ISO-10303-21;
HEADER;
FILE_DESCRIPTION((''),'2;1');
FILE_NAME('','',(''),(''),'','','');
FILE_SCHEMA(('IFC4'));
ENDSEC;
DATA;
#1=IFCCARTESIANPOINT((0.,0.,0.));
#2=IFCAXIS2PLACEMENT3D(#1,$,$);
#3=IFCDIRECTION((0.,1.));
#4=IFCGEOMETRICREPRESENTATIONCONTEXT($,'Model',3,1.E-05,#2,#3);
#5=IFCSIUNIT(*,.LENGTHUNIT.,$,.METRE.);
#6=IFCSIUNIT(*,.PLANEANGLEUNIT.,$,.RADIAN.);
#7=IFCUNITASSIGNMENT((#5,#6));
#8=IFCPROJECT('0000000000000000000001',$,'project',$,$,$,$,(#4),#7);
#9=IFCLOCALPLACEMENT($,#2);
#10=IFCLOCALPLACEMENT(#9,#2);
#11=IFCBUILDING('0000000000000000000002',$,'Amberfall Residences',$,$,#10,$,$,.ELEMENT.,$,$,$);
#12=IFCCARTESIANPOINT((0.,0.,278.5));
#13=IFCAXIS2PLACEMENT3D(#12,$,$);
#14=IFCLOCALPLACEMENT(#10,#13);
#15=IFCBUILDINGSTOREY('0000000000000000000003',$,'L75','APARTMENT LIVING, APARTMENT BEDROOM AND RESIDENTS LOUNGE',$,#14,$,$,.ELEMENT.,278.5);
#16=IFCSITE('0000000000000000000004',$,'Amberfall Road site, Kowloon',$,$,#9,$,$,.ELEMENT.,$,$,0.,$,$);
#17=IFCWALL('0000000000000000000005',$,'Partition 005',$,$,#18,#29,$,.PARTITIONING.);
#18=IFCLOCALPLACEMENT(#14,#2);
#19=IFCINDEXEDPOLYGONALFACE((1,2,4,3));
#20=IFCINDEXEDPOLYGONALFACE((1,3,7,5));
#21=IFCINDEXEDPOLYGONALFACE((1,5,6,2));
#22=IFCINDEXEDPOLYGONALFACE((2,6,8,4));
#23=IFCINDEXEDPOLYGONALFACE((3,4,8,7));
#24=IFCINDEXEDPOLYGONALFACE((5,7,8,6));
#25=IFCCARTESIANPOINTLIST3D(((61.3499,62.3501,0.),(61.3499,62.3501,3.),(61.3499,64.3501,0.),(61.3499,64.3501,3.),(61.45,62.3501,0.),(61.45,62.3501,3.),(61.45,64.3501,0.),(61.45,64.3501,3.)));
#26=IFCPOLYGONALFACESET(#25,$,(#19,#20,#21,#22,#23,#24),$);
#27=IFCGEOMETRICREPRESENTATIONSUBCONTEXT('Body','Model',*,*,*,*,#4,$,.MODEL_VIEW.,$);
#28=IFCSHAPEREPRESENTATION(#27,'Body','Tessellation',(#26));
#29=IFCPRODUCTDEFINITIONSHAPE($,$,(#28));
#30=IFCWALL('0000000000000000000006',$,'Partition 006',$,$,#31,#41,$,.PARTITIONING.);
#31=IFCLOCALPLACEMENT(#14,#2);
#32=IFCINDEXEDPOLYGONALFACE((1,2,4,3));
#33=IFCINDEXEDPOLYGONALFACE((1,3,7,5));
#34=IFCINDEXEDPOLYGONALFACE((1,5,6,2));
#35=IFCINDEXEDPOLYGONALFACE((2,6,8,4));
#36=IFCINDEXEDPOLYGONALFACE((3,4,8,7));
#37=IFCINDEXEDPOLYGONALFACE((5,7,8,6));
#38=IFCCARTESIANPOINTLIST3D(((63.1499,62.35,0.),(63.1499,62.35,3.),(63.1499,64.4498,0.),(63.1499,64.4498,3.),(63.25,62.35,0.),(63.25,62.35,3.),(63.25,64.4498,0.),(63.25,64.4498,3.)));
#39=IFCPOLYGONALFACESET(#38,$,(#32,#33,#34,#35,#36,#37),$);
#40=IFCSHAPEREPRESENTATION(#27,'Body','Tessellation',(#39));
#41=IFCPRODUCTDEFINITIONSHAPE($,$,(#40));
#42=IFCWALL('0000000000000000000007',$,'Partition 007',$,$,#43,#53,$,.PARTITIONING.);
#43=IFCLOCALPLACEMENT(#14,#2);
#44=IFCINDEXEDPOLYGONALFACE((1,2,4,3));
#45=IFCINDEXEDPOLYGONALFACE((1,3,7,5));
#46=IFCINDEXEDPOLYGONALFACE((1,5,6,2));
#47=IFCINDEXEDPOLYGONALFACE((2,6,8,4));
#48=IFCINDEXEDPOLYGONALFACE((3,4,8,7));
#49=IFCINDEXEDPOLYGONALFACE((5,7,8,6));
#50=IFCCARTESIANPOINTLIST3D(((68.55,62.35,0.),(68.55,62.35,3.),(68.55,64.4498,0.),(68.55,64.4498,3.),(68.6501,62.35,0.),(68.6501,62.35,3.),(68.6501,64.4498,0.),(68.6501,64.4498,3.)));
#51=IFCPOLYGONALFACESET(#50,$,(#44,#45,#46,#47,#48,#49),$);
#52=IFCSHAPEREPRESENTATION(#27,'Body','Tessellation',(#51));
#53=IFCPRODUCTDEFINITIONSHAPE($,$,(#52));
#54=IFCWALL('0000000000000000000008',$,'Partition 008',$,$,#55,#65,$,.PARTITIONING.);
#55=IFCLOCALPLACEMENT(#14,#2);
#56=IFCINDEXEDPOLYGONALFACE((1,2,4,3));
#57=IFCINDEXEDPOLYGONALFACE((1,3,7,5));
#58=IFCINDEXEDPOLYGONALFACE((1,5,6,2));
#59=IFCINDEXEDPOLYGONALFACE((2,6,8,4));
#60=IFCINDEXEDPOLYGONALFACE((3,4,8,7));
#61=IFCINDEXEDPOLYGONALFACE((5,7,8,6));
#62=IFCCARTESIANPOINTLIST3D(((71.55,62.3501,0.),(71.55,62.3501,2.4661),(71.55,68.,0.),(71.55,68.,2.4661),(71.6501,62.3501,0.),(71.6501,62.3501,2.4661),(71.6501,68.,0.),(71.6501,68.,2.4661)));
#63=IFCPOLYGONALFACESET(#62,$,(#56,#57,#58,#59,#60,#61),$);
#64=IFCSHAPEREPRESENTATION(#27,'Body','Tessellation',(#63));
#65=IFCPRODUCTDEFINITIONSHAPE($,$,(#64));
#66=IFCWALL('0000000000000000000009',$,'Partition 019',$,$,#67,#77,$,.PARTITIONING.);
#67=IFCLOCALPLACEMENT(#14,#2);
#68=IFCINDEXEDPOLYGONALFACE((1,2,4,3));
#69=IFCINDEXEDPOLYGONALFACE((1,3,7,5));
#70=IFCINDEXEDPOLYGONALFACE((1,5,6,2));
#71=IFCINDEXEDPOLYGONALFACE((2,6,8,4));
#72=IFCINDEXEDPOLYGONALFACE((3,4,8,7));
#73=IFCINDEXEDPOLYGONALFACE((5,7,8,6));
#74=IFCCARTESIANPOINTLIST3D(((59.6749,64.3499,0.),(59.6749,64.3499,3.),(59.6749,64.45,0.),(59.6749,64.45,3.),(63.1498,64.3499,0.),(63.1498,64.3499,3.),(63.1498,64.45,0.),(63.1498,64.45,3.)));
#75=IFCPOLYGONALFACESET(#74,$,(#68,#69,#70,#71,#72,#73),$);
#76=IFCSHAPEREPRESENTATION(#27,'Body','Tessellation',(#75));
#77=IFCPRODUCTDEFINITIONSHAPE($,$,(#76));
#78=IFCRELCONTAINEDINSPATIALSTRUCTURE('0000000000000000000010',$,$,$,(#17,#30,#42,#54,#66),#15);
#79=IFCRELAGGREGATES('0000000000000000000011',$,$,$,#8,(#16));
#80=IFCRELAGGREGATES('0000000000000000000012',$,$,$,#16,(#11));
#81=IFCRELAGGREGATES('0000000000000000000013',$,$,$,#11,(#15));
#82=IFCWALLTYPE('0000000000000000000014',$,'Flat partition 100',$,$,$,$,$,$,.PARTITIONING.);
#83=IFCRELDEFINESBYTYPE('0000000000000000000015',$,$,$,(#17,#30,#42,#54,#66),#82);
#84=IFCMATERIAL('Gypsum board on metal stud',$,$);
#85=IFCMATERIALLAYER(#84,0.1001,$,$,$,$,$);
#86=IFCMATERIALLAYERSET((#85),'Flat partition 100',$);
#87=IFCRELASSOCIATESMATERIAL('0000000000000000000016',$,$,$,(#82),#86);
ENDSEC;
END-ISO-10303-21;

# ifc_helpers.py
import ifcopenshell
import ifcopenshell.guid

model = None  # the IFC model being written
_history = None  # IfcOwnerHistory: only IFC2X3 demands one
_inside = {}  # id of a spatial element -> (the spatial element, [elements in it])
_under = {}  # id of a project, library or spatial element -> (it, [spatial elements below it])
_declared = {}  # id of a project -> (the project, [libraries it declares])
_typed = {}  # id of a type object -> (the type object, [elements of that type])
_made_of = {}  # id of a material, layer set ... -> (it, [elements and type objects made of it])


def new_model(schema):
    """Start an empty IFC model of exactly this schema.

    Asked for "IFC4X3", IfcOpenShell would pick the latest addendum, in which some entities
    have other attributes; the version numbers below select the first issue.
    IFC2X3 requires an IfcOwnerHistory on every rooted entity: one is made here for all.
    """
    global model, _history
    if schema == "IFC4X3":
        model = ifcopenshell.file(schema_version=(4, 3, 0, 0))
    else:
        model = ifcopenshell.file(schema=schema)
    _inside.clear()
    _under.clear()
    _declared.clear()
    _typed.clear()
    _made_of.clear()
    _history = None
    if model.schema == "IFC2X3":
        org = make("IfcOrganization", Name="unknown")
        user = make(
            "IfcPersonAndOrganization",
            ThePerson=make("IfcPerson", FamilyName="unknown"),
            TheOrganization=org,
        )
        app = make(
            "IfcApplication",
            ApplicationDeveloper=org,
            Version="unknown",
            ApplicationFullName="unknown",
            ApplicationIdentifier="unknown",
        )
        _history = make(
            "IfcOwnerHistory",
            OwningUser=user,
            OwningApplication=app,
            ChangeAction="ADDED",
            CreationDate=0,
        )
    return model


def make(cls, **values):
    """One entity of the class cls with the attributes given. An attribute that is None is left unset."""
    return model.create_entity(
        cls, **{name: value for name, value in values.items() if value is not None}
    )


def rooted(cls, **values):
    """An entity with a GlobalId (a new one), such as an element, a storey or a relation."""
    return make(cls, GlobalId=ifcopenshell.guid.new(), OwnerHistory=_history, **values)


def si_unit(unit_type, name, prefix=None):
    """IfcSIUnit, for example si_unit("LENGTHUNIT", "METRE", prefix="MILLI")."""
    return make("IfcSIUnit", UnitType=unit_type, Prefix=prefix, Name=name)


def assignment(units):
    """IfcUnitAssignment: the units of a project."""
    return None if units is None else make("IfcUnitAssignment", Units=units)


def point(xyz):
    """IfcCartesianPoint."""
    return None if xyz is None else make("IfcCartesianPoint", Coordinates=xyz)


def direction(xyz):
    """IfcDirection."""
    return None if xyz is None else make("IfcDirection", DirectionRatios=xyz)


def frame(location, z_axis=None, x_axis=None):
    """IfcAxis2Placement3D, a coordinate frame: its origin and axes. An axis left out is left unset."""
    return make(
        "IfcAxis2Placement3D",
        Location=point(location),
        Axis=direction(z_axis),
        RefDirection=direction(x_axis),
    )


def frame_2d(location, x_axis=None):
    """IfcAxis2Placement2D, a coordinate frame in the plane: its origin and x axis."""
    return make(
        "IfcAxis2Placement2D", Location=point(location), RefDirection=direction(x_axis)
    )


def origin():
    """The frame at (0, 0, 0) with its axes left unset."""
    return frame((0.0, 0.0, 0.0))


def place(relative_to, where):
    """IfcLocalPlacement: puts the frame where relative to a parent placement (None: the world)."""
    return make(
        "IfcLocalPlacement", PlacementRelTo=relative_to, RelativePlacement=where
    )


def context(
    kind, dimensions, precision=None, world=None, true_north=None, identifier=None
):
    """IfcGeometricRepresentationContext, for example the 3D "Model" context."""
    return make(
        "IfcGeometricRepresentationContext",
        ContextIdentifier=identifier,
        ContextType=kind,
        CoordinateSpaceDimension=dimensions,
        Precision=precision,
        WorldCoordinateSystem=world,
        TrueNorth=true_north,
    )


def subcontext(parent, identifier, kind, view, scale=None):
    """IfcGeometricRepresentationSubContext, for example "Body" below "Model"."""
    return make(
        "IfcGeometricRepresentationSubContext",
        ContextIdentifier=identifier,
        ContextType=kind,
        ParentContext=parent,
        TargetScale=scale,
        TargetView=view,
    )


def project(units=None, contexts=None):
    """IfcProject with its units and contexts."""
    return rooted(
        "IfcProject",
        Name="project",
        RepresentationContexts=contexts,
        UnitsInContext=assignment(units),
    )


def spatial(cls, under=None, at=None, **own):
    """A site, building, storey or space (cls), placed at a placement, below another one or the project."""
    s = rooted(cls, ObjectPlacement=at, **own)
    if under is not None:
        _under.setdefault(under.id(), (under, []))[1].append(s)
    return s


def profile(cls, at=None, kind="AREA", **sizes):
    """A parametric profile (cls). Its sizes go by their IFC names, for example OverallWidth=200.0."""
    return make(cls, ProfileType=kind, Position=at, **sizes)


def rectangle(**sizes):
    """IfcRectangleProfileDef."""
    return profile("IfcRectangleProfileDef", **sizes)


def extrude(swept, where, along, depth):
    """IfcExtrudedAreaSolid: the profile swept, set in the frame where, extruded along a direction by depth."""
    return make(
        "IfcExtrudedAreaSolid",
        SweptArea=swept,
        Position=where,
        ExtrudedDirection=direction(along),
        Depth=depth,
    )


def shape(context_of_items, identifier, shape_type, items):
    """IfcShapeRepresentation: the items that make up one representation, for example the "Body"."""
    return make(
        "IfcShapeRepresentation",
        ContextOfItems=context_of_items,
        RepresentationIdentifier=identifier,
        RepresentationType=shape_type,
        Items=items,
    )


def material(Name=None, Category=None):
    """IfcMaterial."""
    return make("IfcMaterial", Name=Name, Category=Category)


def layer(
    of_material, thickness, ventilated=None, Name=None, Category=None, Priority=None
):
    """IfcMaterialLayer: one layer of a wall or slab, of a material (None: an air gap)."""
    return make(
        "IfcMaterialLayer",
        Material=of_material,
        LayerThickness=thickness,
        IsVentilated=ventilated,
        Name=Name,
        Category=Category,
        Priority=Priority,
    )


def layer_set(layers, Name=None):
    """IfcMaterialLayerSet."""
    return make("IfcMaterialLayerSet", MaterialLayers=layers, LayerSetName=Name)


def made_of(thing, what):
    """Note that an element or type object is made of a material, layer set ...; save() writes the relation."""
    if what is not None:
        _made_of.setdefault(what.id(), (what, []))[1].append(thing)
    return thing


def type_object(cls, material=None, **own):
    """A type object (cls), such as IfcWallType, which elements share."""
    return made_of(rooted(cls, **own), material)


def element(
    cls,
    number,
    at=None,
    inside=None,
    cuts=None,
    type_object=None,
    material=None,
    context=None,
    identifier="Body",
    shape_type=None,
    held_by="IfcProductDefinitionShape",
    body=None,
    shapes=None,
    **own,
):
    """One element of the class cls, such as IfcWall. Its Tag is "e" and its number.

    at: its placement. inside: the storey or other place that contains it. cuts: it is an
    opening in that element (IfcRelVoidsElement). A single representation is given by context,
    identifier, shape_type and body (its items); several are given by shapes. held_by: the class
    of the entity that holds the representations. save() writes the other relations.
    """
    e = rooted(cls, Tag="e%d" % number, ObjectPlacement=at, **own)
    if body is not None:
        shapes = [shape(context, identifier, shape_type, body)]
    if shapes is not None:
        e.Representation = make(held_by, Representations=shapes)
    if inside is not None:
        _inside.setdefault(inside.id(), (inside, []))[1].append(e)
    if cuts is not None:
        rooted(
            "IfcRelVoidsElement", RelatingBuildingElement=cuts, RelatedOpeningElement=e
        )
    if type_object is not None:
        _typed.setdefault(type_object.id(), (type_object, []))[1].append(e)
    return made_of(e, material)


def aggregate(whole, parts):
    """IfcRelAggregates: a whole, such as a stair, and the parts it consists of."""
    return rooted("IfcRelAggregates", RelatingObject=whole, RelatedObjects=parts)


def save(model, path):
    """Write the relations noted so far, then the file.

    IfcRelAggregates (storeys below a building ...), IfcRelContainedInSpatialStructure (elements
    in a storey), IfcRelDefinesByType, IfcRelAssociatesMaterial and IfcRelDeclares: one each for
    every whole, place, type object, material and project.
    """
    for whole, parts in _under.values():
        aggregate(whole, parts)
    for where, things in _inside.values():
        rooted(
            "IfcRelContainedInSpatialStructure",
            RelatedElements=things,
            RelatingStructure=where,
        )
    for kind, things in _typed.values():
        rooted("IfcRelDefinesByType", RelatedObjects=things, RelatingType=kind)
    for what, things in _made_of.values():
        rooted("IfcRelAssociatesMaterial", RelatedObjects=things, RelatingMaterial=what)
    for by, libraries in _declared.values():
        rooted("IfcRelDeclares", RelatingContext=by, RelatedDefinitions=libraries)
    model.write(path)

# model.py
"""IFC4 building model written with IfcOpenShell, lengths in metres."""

from ifc_helpers import new_model, si_unit, direction, frame, frame_2d, origin, place, context, subcontext, project, spatial, rectangle, extrude, material, layer, layer_set, type_object, element, save


model = new_model("IFC4")

# Units and contexts
model_context = context("Model", 3, precision=1e-05, world=origin(), true_north=direction((0.0, 1.0)))
body_context = subcontext(model_context, "Body", "Model", "MODEL_VIEW")
ifc_project = project(units=[si_unit("LENGTHUNIT", "METRE"), si_unit("PLANEANGLEUNIT", "RADIAN")], contexts=[model_context])

# Site, building, storey
site_placement = place(None, origin())
site = spatial("IfcSite", under=ifc_project, at=site_placement, Name="Amberfall Road site, Kowloon", CompositionType="ELEMENT", RefElevation=0.0)
building_placement = place(site_placement, origin())
building = spatial("IfcBuilding", under=site, at=building_placement, Name="Amberfall Residences", CompositionType="ELEMENT")
storey_placement = place(building_placement, frame((0.0, 0.0, 278.5)))
storey = spatial("IfcBuildingStorey", under=building, at=storey_placement, Name="L75", Description="APARTMENT LIVING, APARTMENT BEDROOM AND RESIDENTS LOUNGE", CompositionType="ELEMENT", Elevation=278.5)

# Walls
ifc_material_1 = material(Name="Gypsum board on metal stud")
ifc_layer_1 = layer(ifc_material_1, 0.1001)
ifc_layer_set_1 = layer_set([ifc_layer_1], Name="Flat partition 100")
wall_type_1 = type_object("IfcWallType", Name="Flat partition 100", PredefinedType="PARTITIONING", material=ifc_layer_set_1)
wall_1_placement = place(storey_placement, frame((61.3999, 62.3501, 0.0), z_axis=(0.0, 0.0, 1.0), x_axis=(0.0, 1.0, 0.0)))
element("IfcWall", 1, at=wall_1_placement, inside=storey, type_object=wall_type_1, Name="Partition 005", PredefinedType="PARTITIONING", context=body_context, shape_type="SweptSolid", body=[
    extrude(rectangle(XDim=2.0, YDim=0.1001, at=frame_2d((1.0, 0.0))), origin(), (0.0, 0.0, 1.0), 3.0),
])
for number, where, z_axis, x_axis, name in (
    (2, (63.2, 62.3501, 0.0), (0.0, 0.0, 1.0), (0.0, 1.0, 0.0), "Partition 006"),
    (3, (68.6001, 62.3501, 0.0), (0.0, 0.0, 1.0), (0.0, 1.0, 0.0), "Partition 007"),
):
    element("IfcWall", number, at=place(storey_placement, frame(where, z_axis=z_axis, x_axis=x_axis)), inside=storey, type_object=wall_type_1, Name=name, PredefinedType="PARTITIONING", context=body_context, shape_type="SweptSolid", body=[
        extrude(rectangle(XDim=2.0999, YDim=0.1001, at=frame_2d((1.0498, 0.0))), origin(), (0.0, 0.0, 1.0), 3.0),
    ])
wall_2_placement = place(storey_placement, frame((71.6001, 62.3501, 0.0), z_axis=(0.0, 0.0, 1.0), x_axis=(0.0, 1.0, 0.0)))
element("IfcWall", 4, at=wall_2_placement, inside=storey, type_object=wall_type_1, Name="Partition 008", PredefinedType="PARTITIONING", context=body_context, shape_type="SweptSolid", body=[
    extrude(rectangle(XDim=5.6499, YDim=0.1001, at=frame_2d((2.825, 0.0))), origin(), (0.0, 0.0, 1.0), 2.4661),
])
wall_3_placement = place(storey_placement, frame((59.675, 64.3999, 0.0), z_axis=(0.0, 0.0, 1.0), x_axis=(1.0, 0.0, 0.0)))
element("IfcWall", 5, at=wall_3_placement, inside=storey, type_object=wall_type_1, Name="Partition 019", PredefinedType="PARTITIONING", context=body_context, shape_type="SweptSolid", body=[
    extrude(rectangle(XDim=3.4749, YDim=0.1001, at=frame_2d((1.7373, 0.0))), origin(), (0.0, 0.0, 1.0), 3.0),
])

save(model, "model.ifc")
